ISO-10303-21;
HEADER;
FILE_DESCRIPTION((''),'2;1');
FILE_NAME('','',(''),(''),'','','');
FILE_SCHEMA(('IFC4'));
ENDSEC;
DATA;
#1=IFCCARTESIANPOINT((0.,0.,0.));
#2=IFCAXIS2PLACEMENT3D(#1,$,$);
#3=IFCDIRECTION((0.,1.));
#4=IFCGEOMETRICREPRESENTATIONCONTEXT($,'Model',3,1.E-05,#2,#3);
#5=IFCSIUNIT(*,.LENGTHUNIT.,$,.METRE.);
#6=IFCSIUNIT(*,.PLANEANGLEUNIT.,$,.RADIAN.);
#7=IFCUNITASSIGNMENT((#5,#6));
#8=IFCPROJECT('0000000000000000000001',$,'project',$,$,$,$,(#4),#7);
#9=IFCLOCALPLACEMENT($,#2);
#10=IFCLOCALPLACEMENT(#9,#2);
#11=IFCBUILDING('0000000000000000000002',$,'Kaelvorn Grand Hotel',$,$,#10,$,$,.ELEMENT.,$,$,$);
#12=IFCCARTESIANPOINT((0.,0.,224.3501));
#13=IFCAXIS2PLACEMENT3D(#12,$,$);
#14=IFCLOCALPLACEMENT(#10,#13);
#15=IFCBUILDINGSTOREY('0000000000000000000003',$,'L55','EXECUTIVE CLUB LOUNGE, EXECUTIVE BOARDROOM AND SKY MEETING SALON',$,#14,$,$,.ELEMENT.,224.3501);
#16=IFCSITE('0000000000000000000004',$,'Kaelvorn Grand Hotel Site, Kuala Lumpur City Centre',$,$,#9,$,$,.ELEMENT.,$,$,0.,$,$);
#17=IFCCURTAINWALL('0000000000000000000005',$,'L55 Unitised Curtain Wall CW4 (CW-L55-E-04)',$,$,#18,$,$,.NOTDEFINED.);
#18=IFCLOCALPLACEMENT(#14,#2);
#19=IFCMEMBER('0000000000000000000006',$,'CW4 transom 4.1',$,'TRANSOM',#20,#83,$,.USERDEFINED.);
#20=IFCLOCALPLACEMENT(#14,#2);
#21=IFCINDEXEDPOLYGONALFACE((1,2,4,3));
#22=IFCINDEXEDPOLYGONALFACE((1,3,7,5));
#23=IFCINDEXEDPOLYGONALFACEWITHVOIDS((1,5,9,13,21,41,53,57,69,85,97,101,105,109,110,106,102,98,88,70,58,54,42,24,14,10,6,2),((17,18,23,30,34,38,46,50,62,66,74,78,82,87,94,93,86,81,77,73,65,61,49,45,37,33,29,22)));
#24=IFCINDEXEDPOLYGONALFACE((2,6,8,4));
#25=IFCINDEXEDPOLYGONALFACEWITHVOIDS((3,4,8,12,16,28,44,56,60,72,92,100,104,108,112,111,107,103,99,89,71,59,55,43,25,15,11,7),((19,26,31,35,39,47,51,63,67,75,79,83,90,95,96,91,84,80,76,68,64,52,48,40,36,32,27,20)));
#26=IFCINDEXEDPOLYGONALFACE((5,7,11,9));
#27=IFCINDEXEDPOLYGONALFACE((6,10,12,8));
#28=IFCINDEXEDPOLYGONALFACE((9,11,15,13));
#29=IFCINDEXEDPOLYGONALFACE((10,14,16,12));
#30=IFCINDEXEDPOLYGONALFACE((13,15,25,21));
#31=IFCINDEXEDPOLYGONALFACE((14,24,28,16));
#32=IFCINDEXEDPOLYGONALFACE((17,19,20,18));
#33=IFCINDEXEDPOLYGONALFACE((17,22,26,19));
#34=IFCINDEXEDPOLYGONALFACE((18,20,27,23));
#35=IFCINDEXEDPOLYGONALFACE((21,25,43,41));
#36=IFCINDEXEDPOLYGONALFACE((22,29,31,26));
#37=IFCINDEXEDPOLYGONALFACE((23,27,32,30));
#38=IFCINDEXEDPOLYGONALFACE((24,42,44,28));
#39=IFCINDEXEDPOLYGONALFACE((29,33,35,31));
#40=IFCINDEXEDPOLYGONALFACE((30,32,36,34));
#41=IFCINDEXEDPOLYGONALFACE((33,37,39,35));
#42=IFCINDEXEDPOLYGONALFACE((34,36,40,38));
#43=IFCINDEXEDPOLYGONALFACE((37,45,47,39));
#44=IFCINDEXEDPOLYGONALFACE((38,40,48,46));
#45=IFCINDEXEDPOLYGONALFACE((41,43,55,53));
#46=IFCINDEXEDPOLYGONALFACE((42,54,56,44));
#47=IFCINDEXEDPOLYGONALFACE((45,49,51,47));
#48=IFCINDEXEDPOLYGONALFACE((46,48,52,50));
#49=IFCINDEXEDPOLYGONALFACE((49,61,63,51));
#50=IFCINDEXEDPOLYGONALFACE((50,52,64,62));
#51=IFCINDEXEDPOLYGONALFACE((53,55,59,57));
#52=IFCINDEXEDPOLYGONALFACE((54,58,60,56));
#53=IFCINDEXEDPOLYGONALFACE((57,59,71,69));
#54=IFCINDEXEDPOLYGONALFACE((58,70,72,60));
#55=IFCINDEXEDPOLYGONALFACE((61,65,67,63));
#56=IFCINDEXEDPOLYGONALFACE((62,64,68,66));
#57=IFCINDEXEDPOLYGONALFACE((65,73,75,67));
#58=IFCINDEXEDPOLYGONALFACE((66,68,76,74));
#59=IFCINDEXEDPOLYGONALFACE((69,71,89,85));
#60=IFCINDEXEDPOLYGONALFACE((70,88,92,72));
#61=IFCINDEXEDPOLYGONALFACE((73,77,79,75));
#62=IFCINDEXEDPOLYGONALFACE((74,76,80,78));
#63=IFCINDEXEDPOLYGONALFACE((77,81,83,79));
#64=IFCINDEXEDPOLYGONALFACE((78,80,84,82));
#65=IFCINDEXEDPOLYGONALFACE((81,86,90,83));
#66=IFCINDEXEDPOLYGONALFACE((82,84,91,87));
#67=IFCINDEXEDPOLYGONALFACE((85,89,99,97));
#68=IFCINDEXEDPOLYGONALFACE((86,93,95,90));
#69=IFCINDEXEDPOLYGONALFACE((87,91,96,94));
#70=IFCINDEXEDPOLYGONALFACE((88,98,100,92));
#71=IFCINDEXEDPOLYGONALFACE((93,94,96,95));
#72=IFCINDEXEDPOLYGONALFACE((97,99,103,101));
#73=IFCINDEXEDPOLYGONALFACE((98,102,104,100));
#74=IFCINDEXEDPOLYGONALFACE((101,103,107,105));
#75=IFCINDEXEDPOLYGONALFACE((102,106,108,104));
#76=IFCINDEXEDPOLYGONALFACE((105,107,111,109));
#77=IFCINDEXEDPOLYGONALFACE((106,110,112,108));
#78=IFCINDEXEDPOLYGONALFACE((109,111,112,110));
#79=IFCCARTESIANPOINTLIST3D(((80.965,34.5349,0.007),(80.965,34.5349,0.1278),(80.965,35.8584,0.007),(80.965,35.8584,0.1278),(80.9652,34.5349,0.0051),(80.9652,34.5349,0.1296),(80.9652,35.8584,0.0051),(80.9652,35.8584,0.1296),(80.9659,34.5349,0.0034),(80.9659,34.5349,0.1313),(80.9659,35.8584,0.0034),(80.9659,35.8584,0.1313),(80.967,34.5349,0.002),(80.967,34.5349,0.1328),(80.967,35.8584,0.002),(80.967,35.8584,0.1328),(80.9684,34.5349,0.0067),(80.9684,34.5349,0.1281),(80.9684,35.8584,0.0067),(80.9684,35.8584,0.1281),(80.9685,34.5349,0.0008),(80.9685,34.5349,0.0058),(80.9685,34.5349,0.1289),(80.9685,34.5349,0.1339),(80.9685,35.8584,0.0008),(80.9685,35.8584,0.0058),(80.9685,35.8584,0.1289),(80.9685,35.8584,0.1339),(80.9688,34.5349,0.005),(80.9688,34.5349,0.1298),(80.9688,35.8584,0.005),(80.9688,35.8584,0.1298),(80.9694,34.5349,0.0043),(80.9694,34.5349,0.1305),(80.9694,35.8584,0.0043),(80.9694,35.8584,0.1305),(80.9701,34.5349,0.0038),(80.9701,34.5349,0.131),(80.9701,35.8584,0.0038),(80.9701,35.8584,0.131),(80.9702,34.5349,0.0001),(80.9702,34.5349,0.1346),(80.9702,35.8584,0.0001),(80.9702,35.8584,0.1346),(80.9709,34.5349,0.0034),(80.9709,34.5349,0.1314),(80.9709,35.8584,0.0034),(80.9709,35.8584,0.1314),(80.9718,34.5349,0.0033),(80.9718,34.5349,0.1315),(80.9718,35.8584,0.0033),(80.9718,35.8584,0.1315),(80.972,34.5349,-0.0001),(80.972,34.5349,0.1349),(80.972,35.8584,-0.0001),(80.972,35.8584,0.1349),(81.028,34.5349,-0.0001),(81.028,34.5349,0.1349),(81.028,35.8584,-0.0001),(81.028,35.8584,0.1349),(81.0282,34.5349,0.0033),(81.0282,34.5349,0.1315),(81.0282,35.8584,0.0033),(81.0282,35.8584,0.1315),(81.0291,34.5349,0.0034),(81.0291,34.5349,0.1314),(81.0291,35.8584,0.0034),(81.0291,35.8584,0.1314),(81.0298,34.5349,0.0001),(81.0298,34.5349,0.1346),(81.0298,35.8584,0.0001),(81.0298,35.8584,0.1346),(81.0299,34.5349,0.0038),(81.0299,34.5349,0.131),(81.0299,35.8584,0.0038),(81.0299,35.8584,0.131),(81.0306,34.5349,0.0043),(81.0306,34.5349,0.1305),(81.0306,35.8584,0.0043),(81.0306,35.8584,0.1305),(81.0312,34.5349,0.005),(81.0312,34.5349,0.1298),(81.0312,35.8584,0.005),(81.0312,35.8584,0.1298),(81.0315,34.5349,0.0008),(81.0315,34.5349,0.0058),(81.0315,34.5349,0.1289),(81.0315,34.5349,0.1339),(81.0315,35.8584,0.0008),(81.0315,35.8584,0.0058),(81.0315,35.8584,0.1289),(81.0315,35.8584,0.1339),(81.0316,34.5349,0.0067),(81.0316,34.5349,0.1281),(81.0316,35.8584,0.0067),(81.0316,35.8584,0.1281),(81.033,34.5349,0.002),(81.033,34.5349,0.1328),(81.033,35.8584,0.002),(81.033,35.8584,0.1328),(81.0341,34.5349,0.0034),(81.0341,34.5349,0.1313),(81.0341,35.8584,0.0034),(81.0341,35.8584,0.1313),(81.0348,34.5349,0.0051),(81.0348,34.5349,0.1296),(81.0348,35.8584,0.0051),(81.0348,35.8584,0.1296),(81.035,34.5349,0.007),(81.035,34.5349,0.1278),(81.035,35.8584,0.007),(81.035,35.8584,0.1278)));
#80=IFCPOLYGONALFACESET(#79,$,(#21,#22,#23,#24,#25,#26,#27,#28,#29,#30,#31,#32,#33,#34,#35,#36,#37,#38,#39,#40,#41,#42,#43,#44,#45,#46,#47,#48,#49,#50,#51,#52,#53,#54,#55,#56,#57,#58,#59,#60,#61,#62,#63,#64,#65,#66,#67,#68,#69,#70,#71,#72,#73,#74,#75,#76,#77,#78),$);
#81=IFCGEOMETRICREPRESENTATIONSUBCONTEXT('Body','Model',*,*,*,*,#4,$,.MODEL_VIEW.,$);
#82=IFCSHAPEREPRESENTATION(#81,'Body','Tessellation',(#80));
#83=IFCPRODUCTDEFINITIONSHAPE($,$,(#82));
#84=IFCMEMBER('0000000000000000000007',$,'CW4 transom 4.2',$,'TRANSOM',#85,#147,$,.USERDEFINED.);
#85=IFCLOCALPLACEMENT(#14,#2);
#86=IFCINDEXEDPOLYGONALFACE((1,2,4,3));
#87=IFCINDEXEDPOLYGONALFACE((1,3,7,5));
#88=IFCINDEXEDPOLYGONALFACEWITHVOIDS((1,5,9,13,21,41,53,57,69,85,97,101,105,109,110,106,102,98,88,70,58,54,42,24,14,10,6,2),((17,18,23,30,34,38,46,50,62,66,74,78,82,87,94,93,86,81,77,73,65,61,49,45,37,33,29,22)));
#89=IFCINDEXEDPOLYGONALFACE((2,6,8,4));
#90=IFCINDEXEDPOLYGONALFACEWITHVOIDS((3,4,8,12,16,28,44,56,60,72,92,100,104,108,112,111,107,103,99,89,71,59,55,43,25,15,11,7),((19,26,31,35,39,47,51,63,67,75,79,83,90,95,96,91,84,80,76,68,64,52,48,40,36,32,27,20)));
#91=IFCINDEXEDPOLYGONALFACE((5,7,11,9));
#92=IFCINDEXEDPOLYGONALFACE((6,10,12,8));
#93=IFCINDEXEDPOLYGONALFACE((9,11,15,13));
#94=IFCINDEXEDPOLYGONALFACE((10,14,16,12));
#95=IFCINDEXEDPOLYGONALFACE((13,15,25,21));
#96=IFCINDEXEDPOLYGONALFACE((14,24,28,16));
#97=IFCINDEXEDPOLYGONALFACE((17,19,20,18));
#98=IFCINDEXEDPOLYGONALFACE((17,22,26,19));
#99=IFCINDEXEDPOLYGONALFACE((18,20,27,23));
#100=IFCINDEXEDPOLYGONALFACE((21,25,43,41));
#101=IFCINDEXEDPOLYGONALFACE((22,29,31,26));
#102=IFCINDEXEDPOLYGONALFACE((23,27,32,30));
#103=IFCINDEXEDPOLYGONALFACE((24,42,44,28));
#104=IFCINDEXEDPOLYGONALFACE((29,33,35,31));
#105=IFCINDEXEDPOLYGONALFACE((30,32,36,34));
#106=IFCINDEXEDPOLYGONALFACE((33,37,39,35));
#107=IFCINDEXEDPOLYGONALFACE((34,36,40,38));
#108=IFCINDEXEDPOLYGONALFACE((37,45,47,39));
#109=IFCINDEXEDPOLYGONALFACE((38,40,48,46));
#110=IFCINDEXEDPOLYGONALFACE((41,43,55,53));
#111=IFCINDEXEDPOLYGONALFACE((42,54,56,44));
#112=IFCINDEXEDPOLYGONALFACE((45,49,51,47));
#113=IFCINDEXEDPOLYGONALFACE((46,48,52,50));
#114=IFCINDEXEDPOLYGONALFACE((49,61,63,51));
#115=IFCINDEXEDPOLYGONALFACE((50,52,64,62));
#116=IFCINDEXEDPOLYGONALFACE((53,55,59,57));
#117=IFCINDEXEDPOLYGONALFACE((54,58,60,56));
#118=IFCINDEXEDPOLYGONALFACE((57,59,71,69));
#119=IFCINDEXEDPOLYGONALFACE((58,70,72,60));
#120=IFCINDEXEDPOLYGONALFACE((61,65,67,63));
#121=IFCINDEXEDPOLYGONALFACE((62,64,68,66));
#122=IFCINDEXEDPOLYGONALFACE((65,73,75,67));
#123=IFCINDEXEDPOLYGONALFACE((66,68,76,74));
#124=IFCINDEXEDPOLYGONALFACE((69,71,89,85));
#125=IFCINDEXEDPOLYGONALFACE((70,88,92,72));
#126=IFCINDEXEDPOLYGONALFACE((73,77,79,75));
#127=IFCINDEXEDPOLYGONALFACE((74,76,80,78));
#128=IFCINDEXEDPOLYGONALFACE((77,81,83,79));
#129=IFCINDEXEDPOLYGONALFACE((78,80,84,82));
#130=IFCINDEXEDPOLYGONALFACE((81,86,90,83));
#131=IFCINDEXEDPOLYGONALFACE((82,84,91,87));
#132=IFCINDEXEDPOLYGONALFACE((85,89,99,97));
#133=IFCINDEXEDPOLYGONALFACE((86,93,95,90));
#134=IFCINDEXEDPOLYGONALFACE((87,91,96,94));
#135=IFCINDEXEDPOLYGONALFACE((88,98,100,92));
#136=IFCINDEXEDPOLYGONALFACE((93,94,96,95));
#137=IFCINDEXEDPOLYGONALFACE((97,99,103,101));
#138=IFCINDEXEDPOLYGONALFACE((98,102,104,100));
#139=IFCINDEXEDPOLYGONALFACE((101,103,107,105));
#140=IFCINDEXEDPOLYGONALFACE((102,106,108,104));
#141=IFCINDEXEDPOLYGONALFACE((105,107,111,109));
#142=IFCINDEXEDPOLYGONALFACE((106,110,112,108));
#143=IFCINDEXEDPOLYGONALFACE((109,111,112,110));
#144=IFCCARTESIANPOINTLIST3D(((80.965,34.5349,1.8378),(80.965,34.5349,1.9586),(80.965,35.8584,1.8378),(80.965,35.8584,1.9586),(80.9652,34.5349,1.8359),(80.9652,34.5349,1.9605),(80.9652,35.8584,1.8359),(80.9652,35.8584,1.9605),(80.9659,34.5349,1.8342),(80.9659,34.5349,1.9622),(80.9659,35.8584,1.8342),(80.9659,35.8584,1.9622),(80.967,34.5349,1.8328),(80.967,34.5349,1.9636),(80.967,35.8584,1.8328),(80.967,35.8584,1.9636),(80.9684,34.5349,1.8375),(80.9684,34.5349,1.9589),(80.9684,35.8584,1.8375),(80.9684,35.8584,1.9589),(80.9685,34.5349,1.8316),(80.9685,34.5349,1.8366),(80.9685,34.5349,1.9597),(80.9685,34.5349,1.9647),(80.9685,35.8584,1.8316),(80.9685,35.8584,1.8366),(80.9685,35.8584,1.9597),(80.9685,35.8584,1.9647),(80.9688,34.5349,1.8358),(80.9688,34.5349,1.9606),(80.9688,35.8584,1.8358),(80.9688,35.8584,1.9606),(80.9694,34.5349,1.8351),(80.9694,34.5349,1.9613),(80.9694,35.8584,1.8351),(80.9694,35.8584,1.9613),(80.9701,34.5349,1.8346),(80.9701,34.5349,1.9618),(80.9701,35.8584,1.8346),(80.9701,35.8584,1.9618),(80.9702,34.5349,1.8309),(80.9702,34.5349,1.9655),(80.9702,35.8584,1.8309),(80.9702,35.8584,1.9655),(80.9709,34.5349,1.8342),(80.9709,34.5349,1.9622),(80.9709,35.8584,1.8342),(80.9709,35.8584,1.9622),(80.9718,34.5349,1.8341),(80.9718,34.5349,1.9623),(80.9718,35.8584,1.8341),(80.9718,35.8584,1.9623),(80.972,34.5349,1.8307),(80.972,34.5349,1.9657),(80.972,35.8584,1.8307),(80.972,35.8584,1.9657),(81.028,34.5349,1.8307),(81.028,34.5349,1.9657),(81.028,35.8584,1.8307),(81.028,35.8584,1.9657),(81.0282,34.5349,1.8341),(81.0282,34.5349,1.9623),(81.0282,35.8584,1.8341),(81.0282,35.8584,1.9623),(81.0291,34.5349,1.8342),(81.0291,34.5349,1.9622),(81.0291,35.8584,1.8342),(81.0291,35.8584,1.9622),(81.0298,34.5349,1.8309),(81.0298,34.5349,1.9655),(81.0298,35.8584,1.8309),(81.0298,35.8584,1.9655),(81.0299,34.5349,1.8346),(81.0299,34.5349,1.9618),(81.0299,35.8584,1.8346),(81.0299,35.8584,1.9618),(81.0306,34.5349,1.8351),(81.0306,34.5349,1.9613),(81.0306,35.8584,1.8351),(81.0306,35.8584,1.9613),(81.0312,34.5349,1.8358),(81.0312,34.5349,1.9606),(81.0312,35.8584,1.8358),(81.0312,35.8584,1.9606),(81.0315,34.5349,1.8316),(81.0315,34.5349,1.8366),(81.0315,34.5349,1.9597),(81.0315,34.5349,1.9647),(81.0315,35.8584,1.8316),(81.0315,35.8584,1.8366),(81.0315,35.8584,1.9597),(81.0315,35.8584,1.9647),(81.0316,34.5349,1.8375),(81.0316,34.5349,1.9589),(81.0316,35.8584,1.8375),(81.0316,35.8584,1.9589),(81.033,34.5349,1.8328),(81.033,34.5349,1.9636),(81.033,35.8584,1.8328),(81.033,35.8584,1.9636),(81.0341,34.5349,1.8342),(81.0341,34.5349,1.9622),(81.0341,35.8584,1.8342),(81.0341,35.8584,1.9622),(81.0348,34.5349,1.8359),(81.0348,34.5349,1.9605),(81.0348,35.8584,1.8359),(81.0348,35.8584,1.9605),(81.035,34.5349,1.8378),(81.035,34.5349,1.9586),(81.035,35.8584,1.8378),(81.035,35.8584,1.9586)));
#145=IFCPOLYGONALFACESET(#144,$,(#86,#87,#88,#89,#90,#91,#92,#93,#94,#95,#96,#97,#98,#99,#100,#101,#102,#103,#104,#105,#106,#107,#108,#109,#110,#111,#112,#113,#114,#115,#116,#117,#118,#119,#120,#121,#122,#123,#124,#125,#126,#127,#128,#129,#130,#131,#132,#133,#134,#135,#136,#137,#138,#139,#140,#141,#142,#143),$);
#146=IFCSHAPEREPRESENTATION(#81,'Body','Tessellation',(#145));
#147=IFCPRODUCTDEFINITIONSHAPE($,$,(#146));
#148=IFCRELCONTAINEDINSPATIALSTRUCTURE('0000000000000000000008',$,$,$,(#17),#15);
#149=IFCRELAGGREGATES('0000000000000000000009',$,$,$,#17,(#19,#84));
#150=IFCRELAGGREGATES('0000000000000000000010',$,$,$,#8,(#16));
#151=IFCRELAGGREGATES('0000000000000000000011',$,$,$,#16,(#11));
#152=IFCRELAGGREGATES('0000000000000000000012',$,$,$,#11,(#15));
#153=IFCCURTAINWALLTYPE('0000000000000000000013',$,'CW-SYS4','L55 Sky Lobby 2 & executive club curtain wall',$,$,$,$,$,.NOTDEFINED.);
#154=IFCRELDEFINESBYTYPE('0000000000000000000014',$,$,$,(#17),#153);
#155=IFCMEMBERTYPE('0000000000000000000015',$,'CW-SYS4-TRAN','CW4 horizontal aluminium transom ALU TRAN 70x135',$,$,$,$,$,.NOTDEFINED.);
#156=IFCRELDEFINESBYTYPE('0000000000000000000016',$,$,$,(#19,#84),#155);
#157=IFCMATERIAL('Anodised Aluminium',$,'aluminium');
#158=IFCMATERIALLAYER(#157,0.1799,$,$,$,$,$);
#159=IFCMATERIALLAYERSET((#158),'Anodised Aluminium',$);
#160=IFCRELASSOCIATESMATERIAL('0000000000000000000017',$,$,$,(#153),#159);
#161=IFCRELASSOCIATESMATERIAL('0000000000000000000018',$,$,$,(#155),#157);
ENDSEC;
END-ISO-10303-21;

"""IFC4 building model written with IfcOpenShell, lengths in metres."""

from ifc_helpers import new_model, si_unit, direction, frame, origin, origin_2d, place, context, subcontext, project, spatial, hollow_rectangle, extrude, material, layer, layer_set, material_profile, profile_set, type_object, element, aggregate, save


model = new_model("IFC4")

# Units and contexts
model_context = context("Model", 3, precision=1e-05, world=origin(), true_north=direction((0.0, 1.0)))
body_context = subcontext(model_context, "Body", "Model", "MODEL_VIEW")
ifc_project = project(units=[si_unit("LENGTHUNIT", "METRE"), si_unit("PLANEANGLEUNIT", "RADIAN")], contexts=[model_context])

# Site, building, storey
site_placement = place(None, origin())
site = spatial("IfcSite", under=ifc_project, at=site_placement, Name="Kaelvorn Grand Hotel Site, Kuala Lumpur City Centre", CompositionType="ELEMENT", RefElevation=0.0)
building_placement = place(site_placement, origin())
building = spatial("IfcBuilding", under=site, at=building_placement, Name="Kaelvorn Grand Hotel", CompositionType="ELEMENT")
storey_placement = place(building_placement, frame((0.0, 0.0, 224.3501)))
storey = spatial("IfcBuildingStorey", under=building, at=storey_placement, Name="L55", Description="EXECUTIVE CLUB LOUNGE, EXECUTIVE BOARDROOM AND SKY MEETING SALON", CompositionType="ELEMENT", Elevation=224.3501)

# Curtain wall, members
ifc_material_1 = material(Name="Anodised Aluminium", Category="aluminium")
ifc_layer_1 = layer(ifc_material_1, 0.1799)
ifc_layer_set_1 = layer_set([ifc_layer_1], Name="Anodised Aluminium")
curtain_wall_type = type_object("IfcCurtainWallType", Name="CW-SYS4", Description="L55 Sky Lobby 2 & executive club curtain wall", PredefinedType="NOTDEFINED", material=ifc_layer_set_1)
curtain_wall_placement = place(storey_placement, origin())
curtain_wall = element("IfcCurtainWall", 1, at=curtain_wall_placement, inside=storey, type_object=curtain_wall_type, Name="L55 Unitised Curtain Wall CW4 (CW-L55-E-04)", PredefinedType="NOTDEFINED")
ifc_material_profile_1 = material_profile(ifc_material_1, hollow_rectangle(XDim=0.0701, YDim=0.135, WallThickness=0.0034, InnerFilletRadius=0.0034, OuterFilletRadius=0.0071, at=origin_2d()), Name="ALU TRAN 70x135")
ifc_profile_set_1 = profile_set([ifc_material_profile_1], Name="Anodised Aluminium")
member_type_1 = type_object("IfcMemberType", Name="CW-SYS4-TRAN", Description="CW4 horizontal aluminium transom ALU TRAN 70x135", PredefinedType="NOTDEFINED", material=ifc_profile_set_1)
member_1_placement = place(storey_placement, frame((81.0, 34.5349, 0.0674), z_axis=(0.0, 1.0, 0.0), x_axis=(-1.0, 0.0, 0.0)))
member_1 = element("IfcMember", 2, at=member_1_placement, type_object=member_type_1, Name="CW4 transom 4.1", ObjectType="TRANSOM", PredefinedType="USERDEFINED", context=body_context, shape_type="SweptSolid", body=[
    extrude(hollow_rectangle(XDim=0.0701, YDim=0.135, WallThickness=0.0034, InnerFilletRadius=0.0034, OuterFilletRadius=0.0071, at=origin_2d()), origin(), (0.0, 0.0, 1.0), 1.3235),
])
member_2_placement = place(storey_placement, frame((81.0, 34.5349, 1.8982), z_axis=(0.0, 1.0, 0.0), x_axis=(-1.0, 0.0, 0.0)))
member_2 = element("IfcMember", 3, at=member_2_placement, type_object=member_type_1, Name="CW4 transom 4.2", ObjectType="TRANSOM", PredefinedType="USERDEFINED", context=body_context, shape_type="SweptSolid", body=[
    extrude(hollow_rectangle(XDim=0.0701, YDim=0.135, WallThickness=0.0034, InnerFilletRadius=0.0034, OuterFilletRadius=0.0071, at=origin_2d()), origin(), (0.0, 0.0, 1.0), 1.3235),
])
aggregate(curtain_wall, [member_1, member_2])

save(model, "model.ifc")
